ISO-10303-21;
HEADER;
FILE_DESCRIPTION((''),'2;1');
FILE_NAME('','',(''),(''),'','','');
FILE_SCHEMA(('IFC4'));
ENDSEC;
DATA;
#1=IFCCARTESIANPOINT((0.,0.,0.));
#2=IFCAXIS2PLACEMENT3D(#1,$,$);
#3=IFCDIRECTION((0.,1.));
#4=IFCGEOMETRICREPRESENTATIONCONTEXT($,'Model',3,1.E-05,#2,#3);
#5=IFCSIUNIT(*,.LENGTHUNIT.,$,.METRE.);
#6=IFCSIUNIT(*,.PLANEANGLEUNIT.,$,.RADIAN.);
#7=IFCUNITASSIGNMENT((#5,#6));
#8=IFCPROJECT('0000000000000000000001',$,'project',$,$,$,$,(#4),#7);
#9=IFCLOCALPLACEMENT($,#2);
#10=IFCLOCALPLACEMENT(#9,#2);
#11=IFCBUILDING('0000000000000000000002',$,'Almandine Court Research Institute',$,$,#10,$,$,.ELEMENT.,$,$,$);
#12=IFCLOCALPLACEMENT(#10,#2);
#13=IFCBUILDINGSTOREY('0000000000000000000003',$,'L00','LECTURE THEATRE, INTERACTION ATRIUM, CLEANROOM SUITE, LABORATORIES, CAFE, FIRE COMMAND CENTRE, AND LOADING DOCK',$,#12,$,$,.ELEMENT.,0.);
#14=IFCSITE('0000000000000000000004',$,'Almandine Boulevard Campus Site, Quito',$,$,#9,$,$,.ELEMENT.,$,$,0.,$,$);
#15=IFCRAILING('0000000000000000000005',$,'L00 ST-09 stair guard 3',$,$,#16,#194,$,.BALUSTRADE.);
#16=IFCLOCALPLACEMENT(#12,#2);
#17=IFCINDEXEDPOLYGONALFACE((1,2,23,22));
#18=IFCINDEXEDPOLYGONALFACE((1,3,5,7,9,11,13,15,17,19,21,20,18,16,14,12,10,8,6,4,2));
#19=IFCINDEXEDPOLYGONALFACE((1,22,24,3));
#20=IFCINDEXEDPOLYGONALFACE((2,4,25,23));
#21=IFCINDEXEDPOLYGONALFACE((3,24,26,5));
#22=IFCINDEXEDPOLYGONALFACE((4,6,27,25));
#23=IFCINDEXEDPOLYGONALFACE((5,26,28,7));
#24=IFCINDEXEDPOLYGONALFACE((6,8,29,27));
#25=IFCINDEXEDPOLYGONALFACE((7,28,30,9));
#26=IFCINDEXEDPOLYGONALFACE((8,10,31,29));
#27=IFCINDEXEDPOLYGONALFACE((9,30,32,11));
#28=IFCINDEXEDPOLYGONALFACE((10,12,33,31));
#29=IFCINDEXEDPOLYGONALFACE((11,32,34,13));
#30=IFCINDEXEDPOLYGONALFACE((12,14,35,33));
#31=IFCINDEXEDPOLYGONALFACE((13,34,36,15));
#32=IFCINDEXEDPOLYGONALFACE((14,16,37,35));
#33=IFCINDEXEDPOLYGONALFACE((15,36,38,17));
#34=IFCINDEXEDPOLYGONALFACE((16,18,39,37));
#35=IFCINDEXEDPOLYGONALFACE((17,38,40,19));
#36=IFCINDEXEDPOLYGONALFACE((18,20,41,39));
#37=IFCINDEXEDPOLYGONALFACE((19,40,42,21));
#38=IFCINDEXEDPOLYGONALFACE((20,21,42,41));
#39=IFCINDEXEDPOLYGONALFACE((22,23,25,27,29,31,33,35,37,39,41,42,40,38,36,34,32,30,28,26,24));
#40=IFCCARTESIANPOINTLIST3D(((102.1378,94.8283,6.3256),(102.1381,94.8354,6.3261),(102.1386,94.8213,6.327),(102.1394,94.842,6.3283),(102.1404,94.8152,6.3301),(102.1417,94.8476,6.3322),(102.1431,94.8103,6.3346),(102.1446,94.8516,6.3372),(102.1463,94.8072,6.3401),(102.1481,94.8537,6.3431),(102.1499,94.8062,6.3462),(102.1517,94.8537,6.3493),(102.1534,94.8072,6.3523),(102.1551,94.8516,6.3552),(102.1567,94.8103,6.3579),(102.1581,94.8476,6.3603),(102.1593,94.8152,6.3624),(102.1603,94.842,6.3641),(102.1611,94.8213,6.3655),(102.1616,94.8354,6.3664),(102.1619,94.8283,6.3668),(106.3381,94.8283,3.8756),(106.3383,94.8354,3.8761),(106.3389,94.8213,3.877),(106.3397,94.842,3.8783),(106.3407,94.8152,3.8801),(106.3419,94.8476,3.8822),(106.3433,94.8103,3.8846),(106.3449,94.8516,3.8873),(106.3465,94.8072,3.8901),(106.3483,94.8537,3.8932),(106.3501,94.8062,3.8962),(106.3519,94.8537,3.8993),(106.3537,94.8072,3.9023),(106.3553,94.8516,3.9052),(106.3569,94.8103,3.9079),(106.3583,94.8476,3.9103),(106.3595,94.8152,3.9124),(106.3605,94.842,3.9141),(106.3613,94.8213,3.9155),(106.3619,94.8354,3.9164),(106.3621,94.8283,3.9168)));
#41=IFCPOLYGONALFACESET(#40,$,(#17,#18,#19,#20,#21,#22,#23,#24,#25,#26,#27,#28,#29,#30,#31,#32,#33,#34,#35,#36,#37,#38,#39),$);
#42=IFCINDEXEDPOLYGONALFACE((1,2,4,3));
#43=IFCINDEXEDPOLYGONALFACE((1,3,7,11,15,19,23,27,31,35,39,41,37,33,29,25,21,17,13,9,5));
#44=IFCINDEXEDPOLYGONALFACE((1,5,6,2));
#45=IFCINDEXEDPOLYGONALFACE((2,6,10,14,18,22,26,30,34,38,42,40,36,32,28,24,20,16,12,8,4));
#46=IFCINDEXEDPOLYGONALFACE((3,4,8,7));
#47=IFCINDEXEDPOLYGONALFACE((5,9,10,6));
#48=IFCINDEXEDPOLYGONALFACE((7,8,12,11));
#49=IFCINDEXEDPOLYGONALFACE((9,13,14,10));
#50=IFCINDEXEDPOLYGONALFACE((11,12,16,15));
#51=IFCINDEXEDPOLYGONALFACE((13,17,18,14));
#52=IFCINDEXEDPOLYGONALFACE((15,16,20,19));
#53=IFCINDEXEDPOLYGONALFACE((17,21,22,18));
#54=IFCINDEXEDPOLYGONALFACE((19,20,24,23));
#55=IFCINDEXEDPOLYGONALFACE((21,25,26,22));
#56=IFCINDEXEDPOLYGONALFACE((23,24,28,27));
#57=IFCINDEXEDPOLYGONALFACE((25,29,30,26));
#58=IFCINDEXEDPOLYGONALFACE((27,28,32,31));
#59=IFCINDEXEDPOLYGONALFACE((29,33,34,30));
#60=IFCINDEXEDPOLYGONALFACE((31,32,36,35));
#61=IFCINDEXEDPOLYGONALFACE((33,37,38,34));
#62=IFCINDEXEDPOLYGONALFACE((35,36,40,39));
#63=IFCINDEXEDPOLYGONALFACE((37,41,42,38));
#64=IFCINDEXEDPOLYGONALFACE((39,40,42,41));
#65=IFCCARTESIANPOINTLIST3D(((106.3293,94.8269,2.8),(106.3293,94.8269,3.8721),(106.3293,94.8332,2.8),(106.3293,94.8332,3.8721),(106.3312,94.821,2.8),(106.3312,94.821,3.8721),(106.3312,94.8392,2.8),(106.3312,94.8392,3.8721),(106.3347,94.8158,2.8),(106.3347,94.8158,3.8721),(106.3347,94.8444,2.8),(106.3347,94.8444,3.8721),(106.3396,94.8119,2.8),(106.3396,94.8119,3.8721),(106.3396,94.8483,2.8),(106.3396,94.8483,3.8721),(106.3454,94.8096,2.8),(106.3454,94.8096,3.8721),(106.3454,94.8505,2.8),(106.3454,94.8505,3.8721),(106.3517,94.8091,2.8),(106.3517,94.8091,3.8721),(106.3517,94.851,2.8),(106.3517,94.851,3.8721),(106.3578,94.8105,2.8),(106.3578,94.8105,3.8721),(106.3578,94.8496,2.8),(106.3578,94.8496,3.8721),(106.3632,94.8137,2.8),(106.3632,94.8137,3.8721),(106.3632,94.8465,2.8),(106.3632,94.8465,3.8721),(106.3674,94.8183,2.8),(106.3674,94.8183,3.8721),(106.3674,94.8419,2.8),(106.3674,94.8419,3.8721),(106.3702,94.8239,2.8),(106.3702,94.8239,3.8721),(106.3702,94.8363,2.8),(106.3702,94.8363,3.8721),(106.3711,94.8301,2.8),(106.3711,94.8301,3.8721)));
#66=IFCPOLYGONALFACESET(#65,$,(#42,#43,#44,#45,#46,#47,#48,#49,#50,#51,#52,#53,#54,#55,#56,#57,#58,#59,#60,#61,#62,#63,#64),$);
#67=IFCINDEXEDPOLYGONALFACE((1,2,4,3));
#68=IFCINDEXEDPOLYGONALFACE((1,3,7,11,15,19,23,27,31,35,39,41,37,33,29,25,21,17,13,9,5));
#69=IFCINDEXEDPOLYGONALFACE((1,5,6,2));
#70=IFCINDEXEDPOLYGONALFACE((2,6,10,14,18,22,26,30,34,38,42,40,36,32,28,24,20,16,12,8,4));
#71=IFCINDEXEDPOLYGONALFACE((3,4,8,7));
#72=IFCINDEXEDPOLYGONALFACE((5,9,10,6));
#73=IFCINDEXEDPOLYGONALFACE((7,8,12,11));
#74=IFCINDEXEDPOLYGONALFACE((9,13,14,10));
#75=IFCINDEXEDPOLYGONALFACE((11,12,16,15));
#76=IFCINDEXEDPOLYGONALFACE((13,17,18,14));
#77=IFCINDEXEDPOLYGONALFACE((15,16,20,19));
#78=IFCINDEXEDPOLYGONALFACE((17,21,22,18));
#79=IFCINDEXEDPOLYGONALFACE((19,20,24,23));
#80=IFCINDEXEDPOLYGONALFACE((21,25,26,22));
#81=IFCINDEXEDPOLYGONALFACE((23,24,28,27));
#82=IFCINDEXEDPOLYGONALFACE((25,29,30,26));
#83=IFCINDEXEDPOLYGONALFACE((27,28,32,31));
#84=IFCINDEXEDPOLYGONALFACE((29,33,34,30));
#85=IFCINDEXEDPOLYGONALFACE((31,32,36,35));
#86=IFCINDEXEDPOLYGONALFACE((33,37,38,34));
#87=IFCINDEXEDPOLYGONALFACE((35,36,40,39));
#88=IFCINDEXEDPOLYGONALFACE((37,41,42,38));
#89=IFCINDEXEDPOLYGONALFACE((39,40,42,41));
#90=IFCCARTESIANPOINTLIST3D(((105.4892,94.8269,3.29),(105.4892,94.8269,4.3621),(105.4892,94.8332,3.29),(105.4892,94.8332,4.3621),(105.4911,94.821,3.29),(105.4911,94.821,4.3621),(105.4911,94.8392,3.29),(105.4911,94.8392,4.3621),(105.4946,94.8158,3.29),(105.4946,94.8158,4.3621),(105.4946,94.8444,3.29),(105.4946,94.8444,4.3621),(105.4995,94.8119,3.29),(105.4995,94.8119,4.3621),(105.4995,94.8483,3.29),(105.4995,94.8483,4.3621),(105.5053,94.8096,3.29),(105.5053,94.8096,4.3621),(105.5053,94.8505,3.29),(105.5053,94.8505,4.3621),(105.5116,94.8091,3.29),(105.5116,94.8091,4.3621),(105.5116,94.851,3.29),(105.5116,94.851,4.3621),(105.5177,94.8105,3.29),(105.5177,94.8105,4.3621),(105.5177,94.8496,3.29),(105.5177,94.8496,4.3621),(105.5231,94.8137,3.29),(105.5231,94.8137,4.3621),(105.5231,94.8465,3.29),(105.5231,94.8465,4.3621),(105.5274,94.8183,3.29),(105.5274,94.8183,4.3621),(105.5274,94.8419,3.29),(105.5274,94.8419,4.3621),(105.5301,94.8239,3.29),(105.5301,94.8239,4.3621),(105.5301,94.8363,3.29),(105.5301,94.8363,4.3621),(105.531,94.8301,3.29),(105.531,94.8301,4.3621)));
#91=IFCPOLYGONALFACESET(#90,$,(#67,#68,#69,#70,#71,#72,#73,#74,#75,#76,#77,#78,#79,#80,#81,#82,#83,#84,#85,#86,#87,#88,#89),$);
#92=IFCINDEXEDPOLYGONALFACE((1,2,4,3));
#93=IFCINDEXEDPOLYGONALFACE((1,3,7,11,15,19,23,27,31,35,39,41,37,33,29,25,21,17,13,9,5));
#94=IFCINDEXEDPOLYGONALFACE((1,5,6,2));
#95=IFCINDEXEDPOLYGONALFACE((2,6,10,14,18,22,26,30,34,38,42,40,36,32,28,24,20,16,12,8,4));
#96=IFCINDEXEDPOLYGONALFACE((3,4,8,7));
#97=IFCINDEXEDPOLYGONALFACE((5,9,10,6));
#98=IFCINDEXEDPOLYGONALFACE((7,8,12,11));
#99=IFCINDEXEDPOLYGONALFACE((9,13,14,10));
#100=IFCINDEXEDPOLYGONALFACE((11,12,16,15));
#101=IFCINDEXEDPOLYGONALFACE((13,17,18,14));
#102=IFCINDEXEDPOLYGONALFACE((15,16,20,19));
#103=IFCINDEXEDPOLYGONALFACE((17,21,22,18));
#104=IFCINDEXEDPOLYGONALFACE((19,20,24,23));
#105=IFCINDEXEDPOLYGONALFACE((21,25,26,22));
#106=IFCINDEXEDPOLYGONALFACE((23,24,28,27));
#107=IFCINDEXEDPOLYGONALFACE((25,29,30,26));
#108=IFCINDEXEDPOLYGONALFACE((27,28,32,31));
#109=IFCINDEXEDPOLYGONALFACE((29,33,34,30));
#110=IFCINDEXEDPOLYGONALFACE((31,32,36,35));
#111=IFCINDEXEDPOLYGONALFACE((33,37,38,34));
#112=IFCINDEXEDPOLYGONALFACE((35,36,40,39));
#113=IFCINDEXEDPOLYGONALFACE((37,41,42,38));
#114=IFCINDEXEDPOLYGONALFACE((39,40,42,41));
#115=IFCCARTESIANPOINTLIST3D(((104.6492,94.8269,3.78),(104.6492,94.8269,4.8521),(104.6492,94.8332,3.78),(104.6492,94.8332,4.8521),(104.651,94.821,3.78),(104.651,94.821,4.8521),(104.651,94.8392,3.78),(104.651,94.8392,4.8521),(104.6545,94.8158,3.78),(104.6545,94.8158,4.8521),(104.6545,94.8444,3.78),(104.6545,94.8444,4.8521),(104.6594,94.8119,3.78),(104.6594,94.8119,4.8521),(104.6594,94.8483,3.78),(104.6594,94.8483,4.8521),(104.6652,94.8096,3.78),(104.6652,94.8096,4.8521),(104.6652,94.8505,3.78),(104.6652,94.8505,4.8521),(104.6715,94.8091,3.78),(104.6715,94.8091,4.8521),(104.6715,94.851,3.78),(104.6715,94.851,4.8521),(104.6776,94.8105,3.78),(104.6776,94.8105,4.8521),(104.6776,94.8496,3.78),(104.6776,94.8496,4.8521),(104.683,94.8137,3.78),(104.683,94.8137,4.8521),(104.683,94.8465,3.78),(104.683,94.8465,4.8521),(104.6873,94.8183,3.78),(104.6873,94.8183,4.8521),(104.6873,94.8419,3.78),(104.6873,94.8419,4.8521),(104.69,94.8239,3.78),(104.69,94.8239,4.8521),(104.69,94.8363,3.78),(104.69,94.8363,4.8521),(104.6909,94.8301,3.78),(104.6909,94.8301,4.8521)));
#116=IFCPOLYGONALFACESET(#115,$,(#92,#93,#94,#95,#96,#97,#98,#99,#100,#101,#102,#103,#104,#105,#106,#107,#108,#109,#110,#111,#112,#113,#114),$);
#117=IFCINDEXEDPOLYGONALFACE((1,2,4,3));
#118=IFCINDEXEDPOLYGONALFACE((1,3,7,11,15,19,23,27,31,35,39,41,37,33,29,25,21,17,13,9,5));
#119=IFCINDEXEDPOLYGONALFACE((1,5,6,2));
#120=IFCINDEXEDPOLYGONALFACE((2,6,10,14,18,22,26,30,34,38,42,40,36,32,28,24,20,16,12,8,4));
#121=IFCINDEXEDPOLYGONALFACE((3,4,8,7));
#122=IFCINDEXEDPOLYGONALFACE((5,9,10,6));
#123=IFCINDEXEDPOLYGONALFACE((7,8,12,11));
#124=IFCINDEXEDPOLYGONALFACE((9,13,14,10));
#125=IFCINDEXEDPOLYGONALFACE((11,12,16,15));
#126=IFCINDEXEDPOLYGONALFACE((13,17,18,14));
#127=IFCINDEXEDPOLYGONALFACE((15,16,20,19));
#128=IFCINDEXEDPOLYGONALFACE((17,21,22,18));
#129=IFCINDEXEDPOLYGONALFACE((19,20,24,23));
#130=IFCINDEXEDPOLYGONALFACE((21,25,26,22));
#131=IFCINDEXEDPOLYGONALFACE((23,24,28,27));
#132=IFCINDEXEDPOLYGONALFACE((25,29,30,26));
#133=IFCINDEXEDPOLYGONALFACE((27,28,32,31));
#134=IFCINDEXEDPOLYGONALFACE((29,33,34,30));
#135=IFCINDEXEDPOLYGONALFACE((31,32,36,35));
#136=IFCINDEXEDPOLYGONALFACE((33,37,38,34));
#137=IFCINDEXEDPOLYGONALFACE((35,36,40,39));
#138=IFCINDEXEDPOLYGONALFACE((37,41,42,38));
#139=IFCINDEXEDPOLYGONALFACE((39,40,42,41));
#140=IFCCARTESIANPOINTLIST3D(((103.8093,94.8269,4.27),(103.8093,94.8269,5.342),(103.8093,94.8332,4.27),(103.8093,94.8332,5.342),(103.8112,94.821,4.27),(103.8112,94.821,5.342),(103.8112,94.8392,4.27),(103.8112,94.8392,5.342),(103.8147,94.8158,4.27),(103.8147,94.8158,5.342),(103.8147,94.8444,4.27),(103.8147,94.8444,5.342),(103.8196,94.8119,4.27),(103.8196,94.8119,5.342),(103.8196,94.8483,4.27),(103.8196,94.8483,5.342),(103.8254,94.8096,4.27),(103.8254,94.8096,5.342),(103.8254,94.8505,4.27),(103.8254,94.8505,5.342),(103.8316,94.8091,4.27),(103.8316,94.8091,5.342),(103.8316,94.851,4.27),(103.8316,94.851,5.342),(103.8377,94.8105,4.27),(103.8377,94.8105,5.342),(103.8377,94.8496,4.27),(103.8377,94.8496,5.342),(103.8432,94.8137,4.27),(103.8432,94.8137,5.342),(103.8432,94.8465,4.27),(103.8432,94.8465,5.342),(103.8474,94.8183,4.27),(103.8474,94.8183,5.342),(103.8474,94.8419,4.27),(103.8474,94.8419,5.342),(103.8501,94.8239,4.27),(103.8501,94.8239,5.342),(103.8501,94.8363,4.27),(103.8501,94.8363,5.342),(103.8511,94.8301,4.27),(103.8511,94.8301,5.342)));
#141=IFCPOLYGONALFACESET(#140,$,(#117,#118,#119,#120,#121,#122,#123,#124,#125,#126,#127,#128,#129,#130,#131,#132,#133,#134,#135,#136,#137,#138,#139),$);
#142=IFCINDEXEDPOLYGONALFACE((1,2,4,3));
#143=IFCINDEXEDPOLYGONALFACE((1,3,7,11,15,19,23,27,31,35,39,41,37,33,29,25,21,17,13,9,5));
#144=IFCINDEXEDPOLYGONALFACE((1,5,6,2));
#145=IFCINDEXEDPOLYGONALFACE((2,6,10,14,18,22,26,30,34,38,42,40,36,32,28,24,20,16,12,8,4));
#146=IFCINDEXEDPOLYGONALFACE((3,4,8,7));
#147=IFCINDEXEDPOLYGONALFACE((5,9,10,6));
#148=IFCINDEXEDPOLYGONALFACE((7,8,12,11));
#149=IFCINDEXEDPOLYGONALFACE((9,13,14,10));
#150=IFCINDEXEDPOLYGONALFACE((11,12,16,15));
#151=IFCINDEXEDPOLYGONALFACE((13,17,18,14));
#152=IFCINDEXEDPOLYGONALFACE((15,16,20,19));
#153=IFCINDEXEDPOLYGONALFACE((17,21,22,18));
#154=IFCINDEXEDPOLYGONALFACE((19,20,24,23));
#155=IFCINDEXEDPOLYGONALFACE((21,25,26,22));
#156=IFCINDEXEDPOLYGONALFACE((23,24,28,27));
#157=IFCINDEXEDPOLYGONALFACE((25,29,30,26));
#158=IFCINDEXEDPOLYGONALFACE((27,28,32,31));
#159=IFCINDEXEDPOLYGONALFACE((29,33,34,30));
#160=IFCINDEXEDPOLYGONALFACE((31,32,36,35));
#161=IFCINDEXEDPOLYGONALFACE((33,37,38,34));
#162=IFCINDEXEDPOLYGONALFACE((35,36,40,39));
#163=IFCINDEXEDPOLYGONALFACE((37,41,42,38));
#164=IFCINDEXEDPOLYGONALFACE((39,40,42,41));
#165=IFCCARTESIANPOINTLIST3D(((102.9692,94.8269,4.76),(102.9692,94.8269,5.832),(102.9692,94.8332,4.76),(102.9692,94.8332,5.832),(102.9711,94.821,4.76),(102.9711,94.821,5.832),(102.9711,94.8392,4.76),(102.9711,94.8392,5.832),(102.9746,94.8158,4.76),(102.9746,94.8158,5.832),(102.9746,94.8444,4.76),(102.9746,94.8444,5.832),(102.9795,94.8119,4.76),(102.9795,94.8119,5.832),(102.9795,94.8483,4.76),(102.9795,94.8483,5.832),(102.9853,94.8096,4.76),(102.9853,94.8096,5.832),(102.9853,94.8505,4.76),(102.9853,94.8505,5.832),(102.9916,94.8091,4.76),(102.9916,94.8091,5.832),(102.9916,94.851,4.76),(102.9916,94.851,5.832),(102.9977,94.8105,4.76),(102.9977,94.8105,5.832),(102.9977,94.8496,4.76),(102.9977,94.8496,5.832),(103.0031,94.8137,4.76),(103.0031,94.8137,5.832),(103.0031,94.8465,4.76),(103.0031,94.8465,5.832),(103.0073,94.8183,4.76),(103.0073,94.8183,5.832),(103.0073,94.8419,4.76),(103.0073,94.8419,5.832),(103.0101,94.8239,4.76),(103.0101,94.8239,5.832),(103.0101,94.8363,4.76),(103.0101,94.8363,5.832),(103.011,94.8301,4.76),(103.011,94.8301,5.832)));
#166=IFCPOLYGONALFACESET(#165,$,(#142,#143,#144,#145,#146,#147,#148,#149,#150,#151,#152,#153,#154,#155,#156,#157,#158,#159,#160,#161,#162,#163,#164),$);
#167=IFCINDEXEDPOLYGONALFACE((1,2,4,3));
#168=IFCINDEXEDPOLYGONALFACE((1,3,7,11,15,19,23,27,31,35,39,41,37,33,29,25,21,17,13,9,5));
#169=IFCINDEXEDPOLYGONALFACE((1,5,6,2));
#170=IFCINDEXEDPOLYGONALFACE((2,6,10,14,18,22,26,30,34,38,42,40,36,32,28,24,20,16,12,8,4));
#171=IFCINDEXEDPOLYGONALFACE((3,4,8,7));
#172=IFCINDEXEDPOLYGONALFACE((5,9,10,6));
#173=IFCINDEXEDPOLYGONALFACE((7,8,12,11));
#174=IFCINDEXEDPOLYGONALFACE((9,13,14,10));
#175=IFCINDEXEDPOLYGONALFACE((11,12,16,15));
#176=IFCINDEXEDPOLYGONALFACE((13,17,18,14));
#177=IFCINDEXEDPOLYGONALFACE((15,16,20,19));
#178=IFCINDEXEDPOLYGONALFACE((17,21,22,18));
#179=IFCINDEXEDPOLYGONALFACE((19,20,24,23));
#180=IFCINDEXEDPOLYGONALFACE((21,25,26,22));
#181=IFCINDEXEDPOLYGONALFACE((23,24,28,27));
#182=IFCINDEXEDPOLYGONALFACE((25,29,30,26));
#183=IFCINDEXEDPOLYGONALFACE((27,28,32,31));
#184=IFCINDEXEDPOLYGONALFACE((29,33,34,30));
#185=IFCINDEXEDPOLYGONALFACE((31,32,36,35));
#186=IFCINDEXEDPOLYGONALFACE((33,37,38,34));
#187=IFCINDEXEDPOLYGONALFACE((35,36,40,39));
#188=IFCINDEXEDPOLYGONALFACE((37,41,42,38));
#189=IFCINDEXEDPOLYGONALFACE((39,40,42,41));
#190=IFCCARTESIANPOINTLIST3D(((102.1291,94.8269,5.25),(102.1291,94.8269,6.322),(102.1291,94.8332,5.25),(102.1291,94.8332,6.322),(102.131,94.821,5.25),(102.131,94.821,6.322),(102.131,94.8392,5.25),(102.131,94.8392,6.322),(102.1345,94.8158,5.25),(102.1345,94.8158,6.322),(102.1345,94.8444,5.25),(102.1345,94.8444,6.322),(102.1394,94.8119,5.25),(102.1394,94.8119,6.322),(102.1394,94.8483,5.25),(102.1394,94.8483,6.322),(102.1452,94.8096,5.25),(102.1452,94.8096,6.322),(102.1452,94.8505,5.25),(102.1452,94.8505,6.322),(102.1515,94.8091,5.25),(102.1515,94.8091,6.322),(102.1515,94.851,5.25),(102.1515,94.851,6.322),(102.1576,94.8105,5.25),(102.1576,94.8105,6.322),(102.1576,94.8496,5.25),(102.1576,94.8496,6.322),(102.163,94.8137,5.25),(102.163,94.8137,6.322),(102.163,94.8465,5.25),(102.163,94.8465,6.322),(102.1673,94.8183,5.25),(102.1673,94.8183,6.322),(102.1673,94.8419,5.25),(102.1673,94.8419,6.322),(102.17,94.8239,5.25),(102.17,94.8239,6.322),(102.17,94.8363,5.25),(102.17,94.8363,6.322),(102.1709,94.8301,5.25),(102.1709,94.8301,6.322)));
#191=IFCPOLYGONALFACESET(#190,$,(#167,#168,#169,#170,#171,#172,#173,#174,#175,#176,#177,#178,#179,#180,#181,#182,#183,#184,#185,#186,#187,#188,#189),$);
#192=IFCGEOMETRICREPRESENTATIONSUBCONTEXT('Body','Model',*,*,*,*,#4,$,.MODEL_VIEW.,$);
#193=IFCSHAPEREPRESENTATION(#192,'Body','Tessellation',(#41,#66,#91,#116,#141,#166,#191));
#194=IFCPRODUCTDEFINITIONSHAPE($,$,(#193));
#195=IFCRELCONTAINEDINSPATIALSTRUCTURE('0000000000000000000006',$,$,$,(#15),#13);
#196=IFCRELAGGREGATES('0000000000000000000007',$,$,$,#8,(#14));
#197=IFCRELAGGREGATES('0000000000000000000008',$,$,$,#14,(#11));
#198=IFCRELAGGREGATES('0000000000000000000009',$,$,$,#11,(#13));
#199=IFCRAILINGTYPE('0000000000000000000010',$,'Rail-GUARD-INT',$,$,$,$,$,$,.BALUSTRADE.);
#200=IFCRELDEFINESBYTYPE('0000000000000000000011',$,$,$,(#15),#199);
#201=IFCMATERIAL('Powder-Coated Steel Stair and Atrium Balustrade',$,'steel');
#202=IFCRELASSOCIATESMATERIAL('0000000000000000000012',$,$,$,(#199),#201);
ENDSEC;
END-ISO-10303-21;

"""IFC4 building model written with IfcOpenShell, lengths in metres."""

from ifc_helpers import new_model, si_unit, direction, frame, origin, origin_2d, place, context, subcontext, project, spatial, circle, extrude, material, type_object, element, save


model = new_model("IFC4")

# Units and contexts
model_context = context("Model", 3, precision=1e-05, world=origin(), true_north=direction((0.0, 1.0)))
body_context = subcontext(model_context, "Body", "Model", "MODEL_VIEW")
ifc_project = project(units=[si_unit("LENGTHUNIT", "METRE"), si_unit("PLANEANGLEUNIT", "RADIAN")], contexts=[model_context])

# Site, building, storey
site_placement = place(None, origin())
site = spatial("IfcSite", under=ifc_project, at=site_placement, Name="Almandine Boulevard Campus Site, Quito", CompositionType="ELEMENT", RefElevation=0.0)
building_placement = place(site_placement, origin())
building = spatial("IfcBuilding", under=site, at=building_placement, Name="Almandine Court Research Institute", CompositionType="ELEMENT")
storey_placement = place(building_placement, origin())
storey = spatial("IfcBuildingStorey", under=building, at=storey_placement, Name="L00", Description="LECTURE THEATRE, INTERACTION ATRIUM, CLEANROOM SUITE, LABORATORIES, CAFE, FIRE COMMAND CENTRE, AND LOADING DOCK", CompositionType="ELEMENT", Elevation=0.0)

# Railing
ifc_material_1 = material(Name="Powder-Coated Steel Stair and Atrium Balustrade", Category="steel")
railing_type_1 = type_object("IfcRailingType", Name="Rail-GUARD-INT", PredefinedType="BALUSTRADE", material=ifc_material_1)
railing_1_placement = place(storey_placement, frame((106.3501, 94.8301, 2.8)))
element("IfcRailing", 1, at=railing_1_placement, inside=storey, type_object=railing_type_1, Name="L00 ST-09 stair guard 3", PredefinedType="BALUSTRADE", context=body_context, shape_type="SweptSolid", body=[
    extrude(circle(Radius=0.0239, at=origin_2d()), frame((0.0, 0.0, 1.0962), z_axis=(-0.863793, 0.0, 0.503846), x_axis=(0.0, -1.0, 0.0)), (0.0, 0.0, 1.0), 4.8625),
    extrude(circle(Radius=0.021, at=origin_2d()), origin(), (0.0, 0.0, 1.0), 1.072),
    extrude(circle(Radius=0.021, at=origin_2d()), frame((-0.8401, 0.0, 0.49)), (0.0, 0.0, 1.0), 1.072),
    extrude(circle(Radius=0.021, at=origin_2d()), frame((-1.6802, 0.0, 0.98)), (0.0, 0.0, 1.0), 1.072),
    extrude(circle(Radius=0.021, at=origin_2d()), frame((-2.52, 0.0, 1.47)), (0.0, 0.0, 1.0), 1.072),
    extrude(circle(Radius=0.021, at=origin_2d()), frame((-3.3601, 0.0, 1.96)), (0.0, 0.0, 1.0), 1.072),
    extrude(circle(Radius=0.021, at=origin_2d()), frame((-4.2002, 0.0, 2.45)), (0.0, 0.0, 1.0), 1.072),
])

save(model, "model.ifc")
